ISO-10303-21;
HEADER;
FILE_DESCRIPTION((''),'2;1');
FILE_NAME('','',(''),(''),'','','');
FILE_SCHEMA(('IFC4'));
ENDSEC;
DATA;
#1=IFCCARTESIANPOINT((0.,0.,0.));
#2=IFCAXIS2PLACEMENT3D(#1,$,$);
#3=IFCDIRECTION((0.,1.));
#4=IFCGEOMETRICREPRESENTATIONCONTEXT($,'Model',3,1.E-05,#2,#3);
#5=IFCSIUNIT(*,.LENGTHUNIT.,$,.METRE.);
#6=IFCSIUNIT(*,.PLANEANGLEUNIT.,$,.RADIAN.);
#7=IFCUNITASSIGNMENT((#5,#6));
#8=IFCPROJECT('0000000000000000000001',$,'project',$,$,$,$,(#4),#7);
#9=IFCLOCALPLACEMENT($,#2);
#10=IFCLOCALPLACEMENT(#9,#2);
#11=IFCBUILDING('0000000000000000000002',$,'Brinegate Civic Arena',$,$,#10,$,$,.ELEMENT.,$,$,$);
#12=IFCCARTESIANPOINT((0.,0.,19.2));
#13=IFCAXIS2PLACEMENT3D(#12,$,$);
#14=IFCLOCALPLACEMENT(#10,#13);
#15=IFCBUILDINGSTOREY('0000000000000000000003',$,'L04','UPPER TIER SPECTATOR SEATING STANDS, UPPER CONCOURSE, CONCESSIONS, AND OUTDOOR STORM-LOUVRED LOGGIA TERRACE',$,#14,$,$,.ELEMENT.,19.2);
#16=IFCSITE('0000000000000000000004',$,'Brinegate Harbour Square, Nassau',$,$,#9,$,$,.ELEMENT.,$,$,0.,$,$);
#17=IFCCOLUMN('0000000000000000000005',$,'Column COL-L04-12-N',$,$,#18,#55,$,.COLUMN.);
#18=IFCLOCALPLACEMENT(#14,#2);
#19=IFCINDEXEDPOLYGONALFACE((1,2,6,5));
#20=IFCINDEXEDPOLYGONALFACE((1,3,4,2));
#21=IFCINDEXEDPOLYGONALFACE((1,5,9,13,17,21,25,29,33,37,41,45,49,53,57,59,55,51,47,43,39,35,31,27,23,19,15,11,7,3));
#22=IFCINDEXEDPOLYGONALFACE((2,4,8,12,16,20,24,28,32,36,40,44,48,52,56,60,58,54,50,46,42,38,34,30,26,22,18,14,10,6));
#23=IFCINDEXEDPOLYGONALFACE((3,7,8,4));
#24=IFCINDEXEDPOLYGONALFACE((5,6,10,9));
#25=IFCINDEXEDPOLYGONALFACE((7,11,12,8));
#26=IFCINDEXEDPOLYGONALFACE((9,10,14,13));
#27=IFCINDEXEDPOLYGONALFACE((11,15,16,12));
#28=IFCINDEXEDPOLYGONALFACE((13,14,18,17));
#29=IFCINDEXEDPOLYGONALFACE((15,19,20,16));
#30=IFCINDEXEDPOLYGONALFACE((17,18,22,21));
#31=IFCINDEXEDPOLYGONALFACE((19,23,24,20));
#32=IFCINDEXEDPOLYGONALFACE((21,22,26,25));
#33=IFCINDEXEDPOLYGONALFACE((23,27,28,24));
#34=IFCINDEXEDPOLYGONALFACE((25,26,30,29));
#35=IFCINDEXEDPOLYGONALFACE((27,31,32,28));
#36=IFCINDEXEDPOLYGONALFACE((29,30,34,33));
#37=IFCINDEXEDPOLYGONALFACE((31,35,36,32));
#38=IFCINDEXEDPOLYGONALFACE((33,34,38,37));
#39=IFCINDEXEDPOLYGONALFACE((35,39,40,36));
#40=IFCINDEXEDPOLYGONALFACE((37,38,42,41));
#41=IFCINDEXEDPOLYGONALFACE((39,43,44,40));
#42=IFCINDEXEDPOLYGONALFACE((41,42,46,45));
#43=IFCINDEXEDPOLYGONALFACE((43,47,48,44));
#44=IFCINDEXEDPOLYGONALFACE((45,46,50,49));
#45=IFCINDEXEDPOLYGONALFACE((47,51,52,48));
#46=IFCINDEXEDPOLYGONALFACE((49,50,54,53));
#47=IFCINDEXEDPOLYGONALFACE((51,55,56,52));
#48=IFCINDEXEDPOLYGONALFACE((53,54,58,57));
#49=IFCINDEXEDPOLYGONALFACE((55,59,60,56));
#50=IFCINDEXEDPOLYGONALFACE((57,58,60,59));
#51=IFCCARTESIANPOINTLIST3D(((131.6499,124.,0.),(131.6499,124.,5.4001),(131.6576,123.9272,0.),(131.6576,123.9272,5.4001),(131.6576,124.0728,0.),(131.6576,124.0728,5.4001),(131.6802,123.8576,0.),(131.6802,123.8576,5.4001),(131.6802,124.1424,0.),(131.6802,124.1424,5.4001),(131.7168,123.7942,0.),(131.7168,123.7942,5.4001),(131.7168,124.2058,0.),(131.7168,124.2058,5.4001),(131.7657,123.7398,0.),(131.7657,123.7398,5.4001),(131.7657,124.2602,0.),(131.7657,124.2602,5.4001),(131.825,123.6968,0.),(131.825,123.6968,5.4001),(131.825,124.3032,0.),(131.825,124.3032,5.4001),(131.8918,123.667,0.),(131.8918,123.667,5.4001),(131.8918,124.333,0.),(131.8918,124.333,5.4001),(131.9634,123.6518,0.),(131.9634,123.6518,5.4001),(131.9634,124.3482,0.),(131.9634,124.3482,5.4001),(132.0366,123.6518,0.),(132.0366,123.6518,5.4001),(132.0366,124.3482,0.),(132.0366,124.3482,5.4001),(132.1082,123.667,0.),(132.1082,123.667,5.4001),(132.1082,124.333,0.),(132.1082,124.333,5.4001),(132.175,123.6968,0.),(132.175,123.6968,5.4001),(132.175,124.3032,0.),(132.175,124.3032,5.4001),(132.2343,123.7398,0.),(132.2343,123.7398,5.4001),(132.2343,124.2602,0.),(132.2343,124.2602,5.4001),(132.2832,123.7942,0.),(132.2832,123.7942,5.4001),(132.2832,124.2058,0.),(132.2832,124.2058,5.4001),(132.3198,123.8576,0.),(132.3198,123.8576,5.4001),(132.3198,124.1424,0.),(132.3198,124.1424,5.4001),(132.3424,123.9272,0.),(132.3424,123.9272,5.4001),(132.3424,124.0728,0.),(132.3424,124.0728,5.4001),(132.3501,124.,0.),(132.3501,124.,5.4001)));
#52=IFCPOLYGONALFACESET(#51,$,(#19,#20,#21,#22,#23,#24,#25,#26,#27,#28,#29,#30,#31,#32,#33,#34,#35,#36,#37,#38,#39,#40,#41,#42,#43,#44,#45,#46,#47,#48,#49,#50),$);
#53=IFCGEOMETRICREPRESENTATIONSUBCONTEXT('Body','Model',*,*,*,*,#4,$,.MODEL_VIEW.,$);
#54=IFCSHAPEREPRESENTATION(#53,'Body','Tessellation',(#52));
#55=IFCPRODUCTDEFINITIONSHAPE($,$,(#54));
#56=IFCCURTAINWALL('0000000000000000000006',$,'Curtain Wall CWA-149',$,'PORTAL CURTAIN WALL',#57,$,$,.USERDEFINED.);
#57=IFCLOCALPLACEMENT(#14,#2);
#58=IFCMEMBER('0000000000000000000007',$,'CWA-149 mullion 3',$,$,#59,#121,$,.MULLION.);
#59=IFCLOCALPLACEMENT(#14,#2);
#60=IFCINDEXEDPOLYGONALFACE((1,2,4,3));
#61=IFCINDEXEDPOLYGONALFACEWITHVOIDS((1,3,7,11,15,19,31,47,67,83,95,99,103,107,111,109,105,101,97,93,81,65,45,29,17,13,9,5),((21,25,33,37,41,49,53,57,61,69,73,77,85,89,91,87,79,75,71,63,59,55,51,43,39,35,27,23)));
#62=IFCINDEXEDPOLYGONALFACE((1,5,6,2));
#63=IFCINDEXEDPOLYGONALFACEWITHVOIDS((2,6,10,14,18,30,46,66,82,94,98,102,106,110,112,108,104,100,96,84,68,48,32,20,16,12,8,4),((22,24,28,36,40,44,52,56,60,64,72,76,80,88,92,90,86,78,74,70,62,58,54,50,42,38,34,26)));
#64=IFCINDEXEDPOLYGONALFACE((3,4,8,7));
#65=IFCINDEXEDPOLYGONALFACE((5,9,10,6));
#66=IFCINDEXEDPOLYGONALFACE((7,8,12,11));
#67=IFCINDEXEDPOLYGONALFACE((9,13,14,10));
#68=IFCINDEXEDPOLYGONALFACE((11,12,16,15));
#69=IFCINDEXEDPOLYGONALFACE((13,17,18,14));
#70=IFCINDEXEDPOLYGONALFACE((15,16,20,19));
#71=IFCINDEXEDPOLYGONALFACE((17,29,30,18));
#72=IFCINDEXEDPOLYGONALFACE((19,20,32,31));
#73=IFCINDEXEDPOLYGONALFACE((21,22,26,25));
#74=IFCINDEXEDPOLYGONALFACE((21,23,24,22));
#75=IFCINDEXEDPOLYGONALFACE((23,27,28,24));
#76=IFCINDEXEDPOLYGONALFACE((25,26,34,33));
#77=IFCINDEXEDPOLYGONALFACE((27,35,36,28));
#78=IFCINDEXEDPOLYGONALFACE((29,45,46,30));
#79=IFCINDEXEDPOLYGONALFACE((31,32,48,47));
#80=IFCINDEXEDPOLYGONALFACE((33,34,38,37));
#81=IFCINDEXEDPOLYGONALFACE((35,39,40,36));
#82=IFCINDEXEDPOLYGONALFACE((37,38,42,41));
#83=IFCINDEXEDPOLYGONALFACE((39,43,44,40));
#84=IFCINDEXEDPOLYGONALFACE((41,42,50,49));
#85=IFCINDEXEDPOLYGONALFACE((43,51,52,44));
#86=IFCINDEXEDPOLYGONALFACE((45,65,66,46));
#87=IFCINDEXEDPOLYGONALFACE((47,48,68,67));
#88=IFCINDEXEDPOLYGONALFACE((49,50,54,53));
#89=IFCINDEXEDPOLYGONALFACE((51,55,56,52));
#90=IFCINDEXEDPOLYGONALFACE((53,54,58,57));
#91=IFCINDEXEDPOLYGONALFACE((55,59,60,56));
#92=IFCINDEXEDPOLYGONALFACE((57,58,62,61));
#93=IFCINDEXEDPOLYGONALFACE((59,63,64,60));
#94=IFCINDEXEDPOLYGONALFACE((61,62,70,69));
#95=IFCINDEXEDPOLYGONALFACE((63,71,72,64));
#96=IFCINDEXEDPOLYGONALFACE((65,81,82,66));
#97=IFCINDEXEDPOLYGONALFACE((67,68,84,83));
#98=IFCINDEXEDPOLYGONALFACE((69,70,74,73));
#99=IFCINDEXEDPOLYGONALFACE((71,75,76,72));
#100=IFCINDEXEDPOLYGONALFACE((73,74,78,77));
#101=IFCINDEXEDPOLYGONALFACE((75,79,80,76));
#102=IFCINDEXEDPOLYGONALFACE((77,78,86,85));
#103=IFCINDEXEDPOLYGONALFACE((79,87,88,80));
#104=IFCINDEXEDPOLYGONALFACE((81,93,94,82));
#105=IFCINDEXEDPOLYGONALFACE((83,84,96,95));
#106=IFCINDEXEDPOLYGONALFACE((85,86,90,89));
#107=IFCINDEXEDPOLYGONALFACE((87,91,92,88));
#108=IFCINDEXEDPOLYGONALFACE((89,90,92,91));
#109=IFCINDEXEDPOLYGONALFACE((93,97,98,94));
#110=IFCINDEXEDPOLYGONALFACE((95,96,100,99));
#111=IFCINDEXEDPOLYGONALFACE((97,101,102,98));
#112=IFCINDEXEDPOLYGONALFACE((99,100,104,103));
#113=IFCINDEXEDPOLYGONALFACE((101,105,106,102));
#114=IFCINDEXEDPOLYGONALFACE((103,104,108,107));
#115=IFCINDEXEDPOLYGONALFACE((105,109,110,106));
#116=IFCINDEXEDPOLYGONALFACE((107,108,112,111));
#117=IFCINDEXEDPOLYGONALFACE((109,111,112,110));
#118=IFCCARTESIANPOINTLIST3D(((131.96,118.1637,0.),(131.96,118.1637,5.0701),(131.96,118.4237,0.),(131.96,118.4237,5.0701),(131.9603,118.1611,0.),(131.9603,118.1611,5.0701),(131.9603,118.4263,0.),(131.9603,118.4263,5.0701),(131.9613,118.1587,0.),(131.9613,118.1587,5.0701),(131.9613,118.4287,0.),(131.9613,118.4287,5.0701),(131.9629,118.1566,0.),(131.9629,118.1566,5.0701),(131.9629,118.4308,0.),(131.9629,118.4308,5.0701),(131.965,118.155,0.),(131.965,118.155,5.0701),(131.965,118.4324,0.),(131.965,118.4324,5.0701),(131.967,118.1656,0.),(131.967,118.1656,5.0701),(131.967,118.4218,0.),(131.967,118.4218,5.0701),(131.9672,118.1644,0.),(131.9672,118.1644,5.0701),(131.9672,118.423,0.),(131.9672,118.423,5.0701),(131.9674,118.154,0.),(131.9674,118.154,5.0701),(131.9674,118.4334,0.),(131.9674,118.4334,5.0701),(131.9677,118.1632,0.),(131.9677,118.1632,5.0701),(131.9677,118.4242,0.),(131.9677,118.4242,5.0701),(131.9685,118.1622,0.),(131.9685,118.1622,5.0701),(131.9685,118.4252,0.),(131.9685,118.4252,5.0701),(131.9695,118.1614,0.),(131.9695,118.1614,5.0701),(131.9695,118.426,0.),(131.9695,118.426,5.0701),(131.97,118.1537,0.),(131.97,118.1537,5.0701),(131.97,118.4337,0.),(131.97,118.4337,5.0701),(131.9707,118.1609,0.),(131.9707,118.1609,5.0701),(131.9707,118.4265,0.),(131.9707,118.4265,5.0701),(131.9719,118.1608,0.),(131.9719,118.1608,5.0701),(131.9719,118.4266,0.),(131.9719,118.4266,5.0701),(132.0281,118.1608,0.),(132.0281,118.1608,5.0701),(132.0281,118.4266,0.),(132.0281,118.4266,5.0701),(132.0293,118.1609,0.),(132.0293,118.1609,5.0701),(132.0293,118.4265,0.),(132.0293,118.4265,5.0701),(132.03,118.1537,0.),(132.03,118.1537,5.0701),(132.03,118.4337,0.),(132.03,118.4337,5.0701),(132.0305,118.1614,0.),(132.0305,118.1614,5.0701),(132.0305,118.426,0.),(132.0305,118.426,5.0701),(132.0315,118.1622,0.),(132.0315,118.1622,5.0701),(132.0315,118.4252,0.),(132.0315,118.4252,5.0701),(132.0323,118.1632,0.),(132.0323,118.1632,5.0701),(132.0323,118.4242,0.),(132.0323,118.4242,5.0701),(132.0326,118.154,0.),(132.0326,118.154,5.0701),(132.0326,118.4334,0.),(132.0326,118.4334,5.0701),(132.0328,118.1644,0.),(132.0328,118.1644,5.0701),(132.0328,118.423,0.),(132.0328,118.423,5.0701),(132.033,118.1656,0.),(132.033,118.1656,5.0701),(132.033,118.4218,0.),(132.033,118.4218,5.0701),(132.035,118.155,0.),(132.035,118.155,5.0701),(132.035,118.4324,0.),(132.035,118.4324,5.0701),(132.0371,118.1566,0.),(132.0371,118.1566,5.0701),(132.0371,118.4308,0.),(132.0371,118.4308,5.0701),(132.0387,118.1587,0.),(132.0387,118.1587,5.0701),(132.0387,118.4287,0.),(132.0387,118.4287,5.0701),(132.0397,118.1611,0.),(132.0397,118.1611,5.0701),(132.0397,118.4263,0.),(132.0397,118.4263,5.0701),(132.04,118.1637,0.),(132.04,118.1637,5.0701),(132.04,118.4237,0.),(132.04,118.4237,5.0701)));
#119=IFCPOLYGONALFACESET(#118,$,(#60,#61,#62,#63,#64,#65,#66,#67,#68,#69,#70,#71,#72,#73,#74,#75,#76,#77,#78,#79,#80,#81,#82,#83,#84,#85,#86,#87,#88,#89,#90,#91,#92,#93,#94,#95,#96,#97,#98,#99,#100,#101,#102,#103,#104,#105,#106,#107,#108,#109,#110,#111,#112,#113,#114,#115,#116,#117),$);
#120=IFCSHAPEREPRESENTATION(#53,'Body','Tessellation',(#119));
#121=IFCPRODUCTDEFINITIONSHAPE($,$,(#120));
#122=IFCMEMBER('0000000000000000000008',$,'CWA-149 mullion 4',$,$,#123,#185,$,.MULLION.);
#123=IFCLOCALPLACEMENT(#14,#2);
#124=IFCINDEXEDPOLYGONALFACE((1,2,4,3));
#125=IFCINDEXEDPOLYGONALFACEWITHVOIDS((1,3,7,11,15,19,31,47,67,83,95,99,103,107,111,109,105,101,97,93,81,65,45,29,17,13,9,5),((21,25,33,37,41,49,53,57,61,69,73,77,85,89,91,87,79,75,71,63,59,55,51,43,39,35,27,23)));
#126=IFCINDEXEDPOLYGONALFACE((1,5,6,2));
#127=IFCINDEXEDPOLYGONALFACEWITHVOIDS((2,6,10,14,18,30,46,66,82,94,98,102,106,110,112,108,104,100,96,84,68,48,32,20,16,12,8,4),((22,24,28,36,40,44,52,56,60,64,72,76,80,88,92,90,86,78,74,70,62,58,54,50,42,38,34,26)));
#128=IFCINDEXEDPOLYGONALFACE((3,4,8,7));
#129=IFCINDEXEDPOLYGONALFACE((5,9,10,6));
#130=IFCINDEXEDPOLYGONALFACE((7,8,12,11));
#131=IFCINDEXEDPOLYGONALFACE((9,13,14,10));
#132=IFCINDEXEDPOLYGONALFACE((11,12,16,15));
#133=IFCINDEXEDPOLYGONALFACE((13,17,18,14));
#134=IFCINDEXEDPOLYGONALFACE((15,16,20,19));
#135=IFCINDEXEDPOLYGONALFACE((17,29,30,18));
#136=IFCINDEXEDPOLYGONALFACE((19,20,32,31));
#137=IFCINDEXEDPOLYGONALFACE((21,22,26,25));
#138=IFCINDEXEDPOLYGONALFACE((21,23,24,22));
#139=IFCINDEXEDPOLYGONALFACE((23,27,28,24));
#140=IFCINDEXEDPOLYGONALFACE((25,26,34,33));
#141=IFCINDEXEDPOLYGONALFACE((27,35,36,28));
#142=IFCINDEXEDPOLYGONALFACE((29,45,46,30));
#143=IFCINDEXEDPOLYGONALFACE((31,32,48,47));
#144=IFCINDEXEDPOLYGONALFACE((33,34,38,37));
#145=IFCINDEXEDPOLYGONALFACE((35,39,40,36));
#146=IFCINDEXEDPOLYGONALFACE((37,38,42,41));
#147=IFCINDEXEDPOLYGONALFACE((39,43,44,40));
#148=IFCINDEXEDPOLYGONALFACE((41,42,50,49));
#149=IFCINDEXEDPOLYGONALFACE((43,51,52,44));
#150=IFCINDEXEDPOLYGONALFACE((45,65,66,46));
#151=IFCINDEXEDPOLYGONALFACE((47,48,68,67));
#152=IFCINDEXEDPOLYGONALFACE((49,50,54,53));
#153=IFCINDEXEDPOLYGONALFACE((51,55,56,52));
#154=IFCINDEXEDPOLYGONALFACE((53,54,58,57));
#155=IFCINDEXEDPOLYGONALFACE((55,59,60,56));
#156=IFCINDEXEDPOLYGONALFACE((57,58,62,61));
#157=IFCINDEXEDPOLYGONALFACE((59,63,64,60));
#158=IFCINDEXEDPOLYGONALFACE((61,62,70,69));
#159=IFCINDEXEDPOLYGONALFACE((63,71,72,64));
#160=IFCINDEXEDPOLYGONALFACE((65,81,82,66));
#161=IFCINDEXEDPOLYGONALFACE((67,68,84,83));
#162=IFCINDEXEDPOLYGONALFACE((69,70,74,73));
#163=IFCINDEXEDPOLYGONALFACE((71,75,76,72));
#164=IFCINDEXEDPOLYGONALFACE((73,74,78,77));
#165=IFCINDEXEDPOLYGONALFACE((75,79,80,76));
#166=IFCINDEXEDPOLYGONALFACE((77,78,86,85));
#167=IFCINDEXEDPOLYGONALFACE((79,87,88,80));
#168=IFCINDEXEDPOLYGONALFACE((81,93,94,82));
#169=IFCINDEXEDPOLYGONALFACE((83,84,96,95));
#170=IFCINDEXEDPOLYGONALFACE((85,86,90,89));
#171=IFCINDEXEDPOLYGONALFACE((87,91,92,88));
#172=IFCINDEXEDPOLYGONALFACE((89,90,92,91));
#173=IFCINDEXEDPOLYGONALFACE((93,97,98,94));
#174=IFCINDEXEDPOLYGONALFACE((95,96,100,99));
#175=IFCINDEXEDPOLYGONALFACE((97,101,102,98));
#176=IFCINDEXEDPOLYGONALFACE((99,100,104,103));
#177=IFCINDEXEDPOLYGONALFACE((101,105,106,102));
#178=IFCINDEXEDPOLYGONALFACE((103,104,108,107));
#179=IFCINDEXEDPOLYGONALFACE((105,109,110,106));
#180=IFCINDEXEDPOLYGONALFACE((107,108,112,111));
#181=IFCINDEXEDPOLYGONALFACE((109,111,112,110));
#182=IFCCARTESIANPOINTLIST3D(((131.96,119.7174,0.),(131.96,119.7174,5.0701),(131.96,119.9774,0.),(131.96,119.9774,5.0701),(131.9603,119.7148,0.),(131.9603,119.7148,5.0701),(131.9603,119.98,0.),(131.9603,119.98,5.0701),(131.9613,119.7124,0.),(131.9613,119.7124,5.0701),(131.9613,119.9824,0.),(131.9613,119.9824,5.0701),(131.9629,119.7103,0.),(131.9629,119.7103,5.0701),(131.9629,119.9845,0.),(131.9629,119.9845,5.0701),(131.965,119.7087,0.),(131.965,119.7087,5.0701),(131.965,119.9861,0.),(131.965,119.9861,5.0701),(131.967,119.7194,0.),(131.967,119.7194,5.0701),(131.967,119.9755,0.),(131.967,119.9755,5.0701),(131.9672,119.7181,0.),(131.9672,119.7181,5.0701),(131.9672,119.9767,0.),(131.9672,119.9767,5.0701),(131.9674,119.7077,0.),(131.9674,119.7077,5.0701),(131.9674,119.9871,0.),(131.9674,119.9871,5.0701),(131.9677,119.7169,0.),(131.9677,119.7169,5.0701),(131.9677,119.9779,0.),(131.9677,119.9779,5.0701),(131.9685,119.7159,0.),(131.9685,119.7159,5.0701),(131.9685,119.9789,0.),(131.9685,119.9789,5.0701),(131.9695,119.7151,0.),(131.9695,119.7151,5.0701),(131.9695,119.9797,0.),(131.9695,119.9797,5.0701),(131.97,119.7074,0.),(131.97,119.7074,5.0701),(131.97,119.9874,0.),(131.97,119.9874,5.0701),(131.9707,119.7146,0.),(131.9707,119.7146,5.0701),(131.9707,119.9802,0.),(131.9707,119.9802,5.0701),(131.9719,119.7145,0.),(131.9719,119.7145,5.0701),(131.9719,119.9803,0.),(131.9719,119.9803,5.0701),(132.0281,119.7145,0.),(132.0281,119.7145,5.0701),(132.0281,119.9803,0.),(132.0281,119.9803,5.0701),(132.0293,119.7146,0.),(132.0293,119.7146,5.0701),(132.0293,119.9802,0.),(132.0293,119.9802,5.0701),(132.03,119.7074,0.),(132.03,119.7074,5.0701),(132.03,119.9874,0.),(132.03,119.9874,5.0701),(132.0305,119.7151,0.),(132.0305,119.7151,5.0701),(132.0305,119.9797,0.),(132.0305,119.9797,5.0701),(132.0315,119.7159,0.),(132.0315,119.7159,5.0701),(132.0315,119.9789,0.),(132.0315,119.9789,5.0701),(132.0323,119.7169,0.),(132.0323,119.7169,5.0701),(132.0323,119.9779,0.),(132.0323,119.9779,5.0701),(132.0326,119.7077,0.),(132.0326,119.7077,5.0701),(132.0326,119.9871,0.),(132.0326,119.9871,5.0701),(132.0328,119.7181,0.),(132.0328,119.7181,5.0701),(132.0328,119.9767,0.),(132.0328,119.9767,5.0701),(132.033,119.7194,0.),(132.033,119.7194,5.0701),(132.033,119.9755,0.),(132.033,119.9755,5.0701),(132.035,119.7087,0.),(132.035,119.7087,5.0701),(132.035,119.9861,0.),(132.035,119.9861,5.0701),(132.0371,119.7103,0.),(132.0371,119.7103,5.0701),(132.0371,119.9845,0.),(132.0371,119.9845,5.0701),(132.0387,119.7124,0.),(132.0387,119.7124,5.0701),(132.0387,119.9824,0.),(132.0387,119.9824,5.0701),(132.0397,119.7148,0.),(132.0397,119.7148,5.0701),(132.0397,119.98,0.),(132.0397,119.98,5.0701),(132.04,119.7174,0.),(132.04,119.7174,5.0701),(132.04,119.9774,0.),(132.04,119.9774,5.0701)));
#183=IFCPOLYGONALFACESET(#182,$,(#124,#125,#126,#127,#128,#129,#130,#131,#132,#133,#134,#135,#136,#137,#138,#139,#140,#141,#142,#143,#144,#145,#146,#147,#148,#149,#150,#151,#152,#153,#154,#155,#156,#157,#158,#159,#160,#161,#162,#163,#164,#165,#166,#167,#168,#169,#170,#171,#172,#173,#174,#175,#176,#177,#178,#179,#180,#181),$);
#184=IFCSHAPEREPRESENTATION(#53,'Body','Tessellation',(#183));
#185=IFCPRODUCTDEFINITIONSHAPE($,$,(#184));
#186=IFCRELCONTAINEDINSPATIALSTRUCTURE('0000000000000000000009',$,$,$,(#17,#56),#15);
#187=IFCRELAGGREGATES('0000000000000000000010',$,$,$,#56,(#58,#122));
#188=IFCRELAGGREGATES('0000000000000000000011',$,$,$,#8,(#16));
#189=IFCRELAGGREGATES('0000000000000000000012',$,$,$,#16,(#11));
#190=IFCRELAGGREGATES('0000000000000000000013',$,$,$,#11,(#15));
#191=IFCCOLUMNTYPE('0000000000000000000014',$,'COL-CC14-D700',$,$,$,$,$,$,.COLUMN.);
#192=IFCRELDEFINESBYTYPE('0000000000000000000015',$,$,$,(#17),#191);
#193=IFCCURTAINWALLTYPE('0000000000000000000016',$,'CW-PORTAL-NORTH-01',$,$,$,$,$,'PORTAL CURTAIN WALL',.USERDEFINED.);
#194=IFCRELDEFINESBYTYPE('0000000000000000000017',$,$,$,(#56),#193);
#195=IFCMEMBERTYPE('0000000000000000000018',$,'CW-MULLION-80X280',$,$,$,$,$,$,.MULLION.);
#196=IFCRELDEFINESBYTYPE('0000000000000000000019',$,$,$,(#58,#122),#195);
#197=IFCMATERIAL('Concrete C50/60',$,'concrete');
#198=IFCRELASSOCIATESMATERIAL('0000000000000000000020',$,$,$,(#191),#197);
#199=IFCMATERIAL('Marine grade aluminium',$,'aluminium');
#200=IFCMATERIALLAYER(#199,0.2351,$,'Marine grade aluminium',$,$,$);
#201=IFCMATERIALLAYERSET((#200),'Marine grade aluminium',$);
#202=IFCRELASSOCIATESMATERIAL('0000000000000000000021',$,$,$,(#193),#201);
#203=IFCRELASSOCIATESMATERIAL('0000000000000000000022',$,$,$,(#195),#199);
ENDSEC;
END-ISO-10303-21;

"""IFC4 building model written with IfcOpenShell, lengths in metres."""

from ifc_helpers import new_model, si_unit, direction, frame, origin, origin_2d, place, context, subcontext, project, spatial, hollow_rectangle, circle, extrude, material, layer, layer_set, material_profile, profile_set, type_object, element, aggregate, save


model = new_model("IFC4")

# Units and contexts
model_context = context("Model", 3, precision=1e-05, world=origin(), true_north=direction((0.0, 1.0)))
body_context = subcontext(model_context, "Body", "Model", "MODEL_VIEW")
ifc_project = project(units=[si_unit("LENGTHUNIT", "METRE"), si_unit("PLANEANGLEUNIT", "RADIAN")], contexts=[model_context])

# Site, building, storey
site_placement = place(None, origin())
site = spatial("IfcSite", under=ifc_project, at=site_placement, Name="Brinegate Harbour Square, Nassau", CompositionType="ELEMENT", RefElevation=0.0)
building_placement = place(site_placement, origin())
building = spatial("IfcBuilding", under=site, at=building_placement, Name="Brinegate Civic Arena", CompositionType="ELEMENT")
storey_placement = place(building_placement, frame((0.0, 0.0, 19.2)))
storey = spatial("IfcBuildingStorey", under=building, at=storey_placement, Name="L04", Description="UPPER TIER SPECTATOR SEATING STANDS, UPPER CONCOURSE, CONCESSIONS, AND OUTDOOR STORM-LOUVRED LOGGIA TERRACE", CompositionType="ELEMENT", Elevation=19.2)

# Column
ifc_material_1 = material(Name="Concrete C50/60", Category="concrete")
ifc_material_profile_1 = material_profile(ifc_material_1, circle(Radius=0.3501, at=origin_2d()), Name="RCD700")
ifc_profile_set_1 = profile_set([ifc_material_profile_1], Name="Concrete C50/60")
column_type = type_object("IfcColumnType", Name="COL-CC14-D700", PredefinedType="COLUMN", material=ifc_profile_set_1)
column_placement = place(storey_placement, frame((132.0, 124.0, 0.0), z_axis=(0.0, 0.0, 1.0), x_axis=(1.0, 0.0, 0.0)))
element("IfcColumn", 1, at=column_placement, inside=storey, type_object=column_type, Name="Column COL-L04-12-N", PredefinedType="COLUMN", context=body_context, shape_type="SweptSolid", body=[
    extrude(circle(Radius=0.3501, at=origin_2d()), origin(), (0.0, 0.0, 1.0), 5.4001),
])

# Curtain wall, members
ifc_material_2 = material(Name="Marine grade aluminium", Category="aluminium")
ifc_layer_1 = layer(ifc_material_2, 0.2351, Name="Marine grade aluminium")
ifc_layer_set_1 = layer_set([ifc_layer_1], Name="Marine grade aluminium")
curtain_wall_type = type_object("IfcCurtainWallType", Name="CW-PORTAL-NORTH-01", ElementType="PORTAL CURTAIN WALL", PredefinedType="USERDEFINED", material=ifc_layer_set_1)
curtain_wall_placement = place(storey_placement, origin())
curtain_wall = element("IfcCurtainWall", 2, at=curtain_wall_placement, inside=storey, type_object=curtain_wall_type, Name="Curtain Wall CWA-149", ObjectType="PORTAL CURTAIN WALL", PredefinedType="USERDEFINED")
ifc_material_profile_2 = material_profile(ifc_material_2, hollow_rectangle(XDim=0.0801, YDim=0.28, WallThickness=0.0071, InnerFilletRadius=0.0049, OuterFilletRadius=0.01, at=origin_2d()), Name="MUL80X280")
ifc_profile_set_2 = profile_set([ifc_material_profile_2], Name="Marine grade aluminium")
member_type_1 = type_object("IfcMemberType", Name="CW-MULLION-80X280", PredefinedType="MULLION", material=ifc_profile_set_2)
member_1_placement = place(storey_placement, frame((132.0, 118.2937, 0.0), z_axis=(0.0, 0.0, 1.0), x_axis=(-1.0, 0.0, 0.0)))
member_1 = element("IfcMember", 3, at=member_1_placement, type_object=member_type_1, Name="CWA-149 mullion 3", PredefinedType="MULLION", context=body_context, shape_type="SweptSolid", body=[
    extrude(hollow_rectangle(XDim=0.0801, YDim=0.28, WallThickness=0.0071, InnerFilletRadius=0.0049, OuterFilletRadius=0.01, at=origin_2d()), origin(), (0.0, 0.0, 1.0), 5.0701),
])
member_2_placement = place(storey_placement, frame((132.0, 119.8474, 0.0), z_axis=(0.0, 0.0, 1.0), x_axis=(-1.0, 0.0, 0.0)))
member_2 = element("IfcMember", 4, at=member_2_placement, type_object=member_type_1, Name="CWA-149 mullion 4", PredefinedType="MULLION", context=body_context, shape_type="SweptSolid", body=[
    extrude(hollow_rectangle(XDim=0.0801, YDim=0.28, WallThickness=0.0071, InnerFilletRadius=0.0049, OuterFilletRadius=0.01, at=origin_2d()), origin(), (0.0, 0.0, 1.0), 5.0701),
])

aggregate(curtain_wall, [member_1, member_2])

save(model, "model.ifc")
